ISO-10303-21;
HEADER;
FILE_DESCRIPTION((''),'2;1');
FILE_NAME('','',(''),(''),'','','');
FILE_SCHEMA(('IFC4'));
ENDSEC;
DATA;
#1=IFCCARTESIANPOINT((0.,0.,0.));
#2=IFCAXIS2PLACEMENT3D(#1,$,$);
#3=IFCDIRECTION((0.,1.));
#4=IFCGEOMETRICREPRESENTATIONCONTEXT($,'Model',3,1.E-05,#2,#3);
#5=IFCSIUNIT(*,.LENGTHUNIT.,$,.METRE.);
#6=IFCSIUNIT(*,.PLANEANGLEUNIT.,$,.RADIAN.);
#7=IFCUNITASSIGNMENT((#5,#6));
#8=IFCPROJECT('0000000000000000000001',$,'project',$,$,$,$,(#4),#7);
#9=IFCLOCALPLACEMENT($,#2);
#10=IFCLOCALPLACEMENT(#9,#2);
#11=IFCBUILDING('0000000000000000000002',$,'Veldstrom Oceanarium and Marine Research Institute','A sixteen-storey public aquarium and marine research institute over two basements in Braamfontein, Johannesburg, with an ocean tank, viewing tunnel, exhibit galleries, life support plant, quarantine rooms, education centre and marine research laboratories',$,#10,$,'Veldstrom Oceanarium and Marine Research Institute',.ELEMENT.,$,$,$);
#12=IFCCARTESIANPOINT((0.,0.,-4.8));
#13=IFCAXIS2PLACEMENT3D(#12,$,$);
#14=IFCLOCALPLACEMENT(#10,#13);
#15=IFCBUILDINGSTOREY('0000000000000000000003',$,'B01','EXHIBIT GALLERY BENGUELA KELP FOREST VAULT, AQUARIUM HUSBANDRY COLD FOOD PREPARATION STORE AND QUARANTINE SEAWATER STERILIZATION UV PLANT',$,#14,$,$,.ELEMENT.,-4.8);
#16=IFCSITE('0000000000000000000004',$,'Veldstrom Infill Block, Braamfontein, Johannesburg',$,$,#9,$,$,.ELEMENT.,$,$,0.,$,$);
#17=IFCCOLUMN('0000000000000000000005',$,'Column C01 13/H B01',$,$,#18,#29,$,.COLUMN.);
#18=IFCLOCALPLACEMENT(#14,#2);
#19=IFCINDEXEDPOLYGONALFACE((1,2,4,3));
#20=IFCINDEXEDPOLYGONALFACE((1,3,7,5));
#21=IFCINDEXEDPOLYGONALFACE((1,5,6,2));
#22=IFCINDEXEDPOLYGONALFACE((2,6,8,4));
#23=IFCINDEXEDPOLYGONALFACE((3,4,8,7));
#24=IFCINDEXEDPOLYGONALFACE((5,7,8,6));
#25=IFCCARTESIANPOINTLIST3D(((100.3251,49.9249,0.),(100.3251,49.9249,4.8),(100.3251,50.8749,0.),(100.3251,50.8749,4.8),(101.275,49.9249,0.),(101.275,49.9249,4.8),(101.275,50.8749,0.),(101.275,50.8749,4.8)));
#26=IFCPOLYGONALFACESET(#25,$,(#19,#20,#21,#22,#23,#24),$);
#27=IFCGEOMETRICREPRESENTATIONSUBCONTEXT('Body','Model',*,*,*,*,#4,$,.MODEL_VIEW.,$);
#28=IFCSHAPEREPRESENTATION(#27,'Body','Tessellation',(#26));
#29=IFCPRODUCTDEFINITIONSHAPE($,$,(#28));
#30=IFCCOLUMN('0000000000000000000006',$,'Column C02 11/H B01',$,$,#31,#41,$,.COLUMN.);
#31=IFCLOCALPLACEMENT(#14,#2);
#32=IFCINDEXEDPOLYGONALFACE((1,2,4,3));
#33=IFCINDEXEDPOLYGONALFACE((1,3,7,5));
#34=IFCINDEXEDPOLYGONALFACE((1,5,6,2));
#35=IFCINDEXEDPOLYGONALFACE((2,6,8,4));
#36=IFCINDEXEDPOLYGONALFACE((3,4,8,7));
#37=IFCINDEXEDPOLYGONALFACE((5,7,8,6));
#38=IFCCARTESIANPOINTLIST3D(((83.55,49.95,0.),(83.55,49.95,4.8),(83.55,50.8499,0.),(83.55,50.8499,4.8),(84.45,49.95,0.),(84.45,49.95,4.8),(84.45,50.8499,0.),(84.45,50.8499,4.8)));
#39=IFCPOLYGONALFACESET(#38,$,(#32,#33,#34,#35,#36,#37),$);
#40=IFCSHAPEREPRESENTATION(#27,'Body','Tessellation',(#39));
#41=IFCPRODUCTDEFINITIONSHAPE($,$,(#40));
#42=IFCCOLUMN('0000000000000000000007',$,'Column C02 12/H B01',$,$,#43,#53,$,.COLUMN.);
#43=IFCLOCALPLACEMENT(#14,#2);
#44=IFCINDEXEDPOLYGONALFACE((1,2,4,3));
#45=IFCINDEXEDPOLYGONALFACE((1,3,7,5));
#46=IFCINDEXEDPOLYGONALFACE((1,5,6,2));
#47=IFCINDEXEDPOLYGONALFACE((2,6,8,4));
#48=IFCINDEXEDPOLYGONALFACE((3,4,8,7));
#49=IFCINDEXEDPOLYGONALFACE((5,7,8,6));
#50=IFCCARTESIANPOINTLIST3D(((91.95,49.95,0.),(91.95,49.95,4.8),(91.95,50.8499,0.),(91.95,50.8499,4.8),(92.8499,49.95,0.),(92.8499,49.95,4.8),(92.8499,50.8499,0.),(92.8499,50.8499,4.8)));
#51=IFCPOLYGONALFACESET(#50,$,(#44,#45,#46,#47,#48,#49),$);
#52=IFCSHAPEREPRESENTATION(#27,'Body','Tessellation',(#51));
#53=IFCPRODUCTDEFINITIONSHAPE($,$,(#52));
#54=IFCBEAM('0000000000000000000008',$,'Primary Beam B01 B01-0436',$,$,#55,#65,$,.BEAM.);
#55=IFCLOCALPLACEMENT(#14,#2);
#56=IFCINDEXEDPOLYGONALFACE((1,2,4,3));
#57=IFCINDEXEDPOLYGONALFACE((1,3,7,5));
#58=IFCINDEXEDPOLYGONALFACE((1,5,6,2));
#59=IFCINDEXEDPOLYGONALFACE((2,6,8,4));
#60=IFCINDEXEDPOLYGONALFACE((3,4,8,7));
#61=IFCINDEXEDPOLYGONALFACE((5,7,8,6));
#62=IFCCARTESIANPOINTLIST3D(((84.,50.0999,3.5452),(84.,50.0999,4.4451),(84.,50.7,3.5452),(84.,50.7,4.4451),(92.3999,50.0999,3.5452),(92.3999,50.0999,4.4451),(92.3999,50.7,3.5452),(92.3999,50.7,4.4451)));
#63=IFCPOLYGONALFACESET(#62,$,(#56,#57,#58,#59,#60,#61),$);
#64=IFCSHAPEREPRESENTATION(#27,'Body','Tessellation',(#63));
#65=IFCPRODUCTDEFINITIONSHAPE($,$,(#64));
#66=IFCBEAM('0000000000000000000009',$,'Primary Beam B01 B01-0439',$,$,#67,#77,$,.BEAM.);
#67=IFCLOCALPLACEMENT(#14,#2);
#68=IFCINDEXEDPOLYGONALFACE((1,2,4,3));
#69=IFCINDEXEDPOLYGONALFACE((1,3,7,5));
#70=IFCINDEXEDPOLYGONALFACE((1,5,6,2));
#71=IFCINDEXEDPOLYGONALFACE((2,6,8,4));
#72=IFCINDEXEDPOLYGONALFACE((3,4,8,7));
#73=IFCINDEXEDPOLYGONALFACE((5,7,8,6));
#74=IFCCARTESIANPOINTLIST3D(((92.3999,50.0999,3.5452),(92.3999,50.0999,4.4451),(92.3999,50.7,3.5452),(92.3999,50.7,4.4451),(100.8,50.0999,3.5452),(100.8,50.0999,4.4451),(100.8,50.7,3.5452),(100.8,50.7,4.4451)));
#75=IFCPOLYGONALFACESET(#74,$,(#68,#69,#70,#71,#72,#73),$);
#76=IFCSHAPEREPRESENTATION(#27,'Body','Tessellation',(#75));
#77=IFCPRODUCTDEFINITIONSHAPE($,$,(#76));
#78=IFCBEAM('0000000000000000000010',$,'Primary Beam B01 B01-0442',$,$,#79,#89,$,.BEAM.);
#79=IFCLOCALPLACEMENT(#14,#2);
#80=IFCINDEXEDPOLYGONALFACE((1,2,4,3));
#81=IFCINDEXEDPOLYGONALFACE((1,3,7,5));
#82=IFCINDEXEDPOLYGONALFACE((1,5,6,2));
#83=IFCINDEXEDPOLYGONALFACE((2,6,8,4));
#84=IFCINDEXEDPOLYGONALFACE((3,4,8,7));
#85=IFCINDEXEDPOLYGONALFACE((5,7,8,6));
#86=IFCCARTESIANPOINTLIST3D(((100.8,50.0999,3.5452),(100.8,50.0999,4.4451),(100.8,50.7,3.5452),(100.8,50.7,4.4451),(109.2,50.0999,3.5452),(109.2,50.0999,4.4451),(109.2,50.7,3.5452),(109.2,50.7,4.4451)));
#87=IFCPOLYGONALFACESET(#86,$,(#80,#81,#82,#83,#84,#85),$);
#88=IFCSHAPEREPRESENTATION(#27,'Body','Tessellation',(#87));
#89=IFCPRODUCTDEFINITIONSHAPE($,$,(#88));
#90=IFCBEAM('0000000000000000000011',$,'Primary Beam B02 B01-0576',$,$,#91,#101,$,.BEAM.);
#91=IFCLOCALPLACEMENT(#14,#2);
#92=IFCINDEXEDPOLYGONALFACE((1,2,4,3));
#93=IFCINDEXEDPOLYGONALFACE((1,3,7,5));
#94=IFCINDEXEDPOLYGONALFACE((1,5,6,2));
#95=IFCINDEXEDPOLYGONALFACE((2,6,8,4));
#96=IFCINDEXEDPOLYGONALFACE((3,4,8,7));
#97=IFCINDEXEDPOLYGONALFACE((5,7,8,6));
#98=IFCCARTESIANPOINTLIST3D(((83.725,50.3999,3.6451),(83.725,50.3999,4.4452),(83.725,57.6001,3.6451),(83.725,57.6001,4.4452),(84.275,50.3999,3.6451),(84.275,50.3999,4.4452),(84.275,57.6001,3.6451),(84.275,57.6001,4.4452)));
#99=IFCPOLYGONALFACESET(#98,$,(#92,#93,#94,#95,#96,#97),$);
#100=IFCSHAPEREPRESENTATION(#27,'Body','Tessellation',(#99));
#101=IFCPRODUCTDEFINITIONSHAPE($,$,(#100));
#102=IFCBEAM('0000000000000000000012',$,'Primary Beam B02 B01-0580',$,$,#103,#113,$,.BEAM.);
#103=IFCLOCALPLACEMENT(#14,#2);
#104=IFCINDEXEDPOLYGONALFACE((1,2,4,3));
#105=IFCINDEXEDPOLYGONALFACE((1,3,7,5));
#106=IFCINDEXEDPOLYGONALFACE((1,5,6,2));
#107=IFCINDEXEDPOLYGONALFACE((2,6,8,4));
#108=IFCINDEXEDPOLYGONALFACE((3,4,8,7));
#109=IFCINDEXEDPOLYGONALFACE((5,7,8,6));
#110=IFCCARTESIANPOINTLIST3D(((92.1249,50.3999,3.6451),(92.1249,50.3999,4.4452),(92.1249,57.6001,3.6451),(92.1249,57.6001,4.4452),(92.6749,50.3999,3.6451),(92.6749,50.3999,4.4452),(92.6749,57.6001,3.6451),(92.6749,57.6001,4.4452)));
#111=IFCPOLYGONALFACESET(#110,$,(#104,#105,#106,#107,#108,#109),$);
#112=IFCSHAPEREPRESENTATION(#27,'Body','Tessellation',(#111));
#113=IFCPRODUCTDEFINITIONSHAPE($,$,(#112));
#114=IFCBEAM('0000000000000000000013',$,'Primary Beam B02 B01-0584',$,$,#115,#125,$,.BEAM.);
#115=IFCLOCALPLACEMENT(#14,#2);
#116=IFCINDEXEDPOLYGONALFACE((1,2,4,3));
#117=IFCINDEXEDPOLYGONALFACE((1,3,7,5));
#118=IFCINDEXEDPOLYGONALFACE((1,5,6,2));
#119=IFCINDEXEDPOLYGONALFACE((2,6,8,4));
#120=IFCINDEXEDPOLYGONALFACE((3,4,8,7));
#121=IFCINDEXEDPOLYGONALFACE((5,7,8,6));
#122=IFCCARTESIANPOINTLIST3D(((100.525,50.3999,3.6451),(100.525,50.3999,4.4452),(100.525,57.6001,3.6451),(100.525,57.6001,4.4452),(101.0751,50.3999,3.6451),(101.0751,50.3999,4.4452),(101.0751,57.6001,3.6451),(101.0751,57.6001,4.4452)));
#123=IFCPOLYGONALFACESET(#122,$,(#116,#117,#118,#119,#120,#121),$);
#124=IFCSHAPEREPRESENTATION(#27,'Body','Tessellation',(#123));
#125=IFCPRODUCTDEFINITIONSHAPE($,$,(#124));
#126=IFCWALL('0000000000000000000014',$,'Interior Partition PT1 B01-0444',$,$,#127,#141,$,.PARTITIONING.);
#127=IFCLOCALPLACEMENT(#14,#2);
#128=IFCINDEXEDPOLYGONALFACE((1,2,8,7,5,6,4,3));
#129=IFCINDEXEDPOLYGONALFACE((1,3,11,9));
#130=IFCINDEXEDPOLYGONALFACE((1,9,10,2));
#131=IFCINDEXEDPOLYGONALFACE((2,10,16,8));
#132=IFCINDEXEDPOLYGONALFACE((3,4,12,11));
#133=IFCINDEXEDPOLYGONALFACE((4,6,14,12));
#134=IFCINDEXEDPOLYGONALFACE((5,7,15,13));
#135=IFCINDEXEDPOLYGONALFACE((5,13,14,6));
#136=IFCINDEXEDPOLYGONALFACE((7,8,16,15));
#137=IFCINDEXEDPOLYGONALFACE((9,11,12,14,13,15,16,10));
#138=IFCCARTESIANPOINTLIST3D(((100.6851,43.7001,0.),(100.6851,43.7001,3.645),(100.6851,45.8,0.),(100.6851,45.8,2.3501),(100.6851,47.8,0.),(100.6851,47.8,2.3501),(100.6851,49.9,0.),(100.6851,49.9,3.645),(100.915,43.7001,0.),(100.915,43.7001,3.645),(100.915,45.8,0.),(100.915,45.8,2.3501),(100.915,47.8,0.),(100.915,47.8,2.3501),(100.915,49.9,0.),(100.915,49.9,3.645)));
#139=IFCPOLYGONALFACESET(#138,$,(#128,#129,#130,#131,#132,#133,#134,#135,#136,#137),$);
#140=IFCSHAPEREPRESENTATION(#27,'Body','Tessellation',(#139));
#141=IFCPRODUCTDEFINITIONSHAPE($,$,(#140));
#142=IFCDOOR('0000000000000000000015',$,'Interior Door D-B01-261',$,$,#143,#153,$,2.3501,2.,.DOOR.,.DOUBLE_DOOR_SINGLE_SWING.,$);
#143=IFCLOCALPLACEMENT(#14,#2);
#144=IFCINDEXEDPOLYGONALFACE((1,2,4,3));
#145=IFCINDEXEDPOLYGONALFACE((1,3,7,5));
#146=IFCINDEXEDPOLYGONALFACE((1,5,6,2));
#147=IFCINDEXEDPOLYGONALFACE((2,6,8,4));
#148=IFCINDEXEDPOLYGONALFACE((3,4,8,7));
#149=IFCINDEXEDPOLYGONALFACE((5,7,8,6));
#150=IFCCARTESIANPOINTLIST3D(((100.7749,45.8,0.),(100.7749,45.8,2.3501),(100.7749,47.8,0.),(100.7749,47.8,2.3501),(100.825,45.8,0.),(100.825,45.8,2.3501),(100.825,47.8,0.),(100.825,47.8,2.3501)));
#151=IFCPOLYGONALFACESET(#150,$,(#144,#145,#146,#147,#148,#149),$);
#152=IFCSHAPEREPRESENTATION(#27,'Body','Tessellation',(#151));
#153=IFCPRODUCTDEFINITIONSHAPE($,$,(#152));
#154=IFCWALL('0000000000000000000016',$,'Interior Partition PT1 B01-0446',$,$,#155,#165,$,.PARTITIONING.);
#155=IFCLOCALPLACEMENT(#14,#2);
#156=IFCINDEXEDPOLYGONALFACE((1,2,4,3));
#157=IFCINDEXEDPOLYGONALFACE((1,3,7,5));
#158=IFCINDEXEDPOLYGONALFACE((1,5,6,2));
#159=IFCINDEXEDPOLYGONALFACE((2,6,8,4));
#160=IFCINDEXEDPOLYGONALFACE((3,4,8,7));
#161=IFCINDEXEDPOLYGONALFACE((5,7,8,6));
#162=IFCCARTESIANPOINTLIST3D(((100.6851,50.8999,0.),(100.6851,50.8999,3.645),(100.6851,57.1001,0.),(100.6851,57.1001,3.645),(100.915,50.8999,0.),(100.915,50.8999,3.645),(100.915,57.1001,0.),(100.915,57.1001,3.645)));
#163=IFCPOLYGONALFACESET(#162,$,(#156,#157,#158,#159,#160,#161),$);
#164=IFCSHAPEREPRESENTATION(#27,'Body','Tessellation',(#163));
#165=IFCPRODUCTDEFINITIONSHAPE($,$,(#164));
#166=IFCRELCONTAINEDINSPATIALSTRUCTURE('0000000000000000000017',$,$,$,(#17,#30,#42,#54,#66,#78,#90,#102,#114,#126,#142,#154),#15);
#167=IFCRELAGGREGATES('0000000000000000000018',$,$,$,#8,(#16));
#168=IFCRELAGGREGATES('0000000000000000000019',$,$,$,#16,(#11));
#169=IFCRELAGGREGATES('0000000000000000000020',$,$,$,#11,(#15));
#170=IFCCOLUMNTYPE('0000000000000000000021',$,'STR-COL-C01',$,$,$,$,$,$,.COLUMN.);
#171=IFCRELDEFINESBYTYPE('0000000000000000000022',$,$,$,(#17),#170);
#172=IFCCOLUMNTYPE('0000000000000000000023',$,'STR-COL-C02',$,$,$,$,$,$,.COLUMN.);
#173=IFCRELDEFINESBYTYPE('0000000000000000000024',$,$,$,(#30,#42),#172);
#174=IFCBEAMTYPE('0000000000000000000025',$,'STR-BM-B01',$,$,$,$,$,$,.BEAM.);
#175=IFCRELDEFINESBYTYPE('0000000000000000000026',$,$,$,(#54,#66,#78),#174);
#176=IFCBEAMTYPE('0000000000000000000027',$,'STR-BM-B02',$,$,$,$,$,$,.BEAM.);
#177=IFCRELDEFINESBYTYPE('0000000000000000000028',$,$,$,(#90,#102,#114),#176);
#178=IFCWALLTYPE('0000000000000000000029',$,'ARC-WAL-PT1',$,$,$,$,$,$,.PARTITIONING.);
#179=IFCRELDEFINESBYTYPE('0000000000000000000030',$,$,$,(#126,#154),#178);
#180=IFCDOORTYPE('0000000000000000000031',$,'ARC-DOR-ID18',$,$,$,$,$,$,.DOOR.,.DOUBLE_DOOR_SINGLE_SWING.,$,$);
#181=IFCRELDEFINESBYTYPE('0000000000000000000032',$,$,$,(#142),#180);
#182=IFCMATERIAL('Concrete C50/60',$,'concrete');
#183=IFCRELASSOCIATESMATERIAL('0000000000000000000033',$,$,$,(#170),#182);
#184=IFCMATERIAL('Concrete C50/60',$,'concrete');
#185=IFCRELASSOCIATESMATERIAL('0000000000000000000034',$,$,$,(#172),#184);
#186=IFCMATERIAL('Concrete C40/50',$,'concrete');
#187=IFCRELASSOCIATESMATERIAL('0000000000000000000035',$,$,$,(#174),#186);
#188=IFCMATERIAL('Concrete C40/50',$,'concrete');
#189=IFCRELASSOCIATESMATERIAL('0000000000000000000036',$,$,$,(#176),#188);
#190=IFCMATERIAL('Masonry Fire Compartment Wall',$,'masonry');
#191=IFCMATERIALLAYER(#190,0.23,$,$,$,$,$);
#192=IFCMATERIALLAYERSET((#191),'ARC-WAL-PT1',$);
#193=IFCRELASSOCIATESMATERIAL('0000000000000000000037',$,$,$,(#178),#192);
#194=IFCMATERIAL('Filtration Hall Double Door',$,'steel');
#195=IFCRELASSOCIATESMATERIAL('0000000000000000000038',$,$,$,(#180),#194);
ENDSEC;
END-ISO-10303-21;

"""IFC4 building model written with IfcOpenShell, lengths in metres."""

from ifc_helpers import new_model, si_unit, direction, frame, frame_2d, origin, origin_2d, place, context, subcontext, project, spatial, rectangle, extrude, material, layer, layer_set, material_profile, profile_set, type_object, element, fill, save


model = new_model("IFC4")

# Units and contexts
model_context = context("Model", 3, precision=1e-05, world=origin(), true_north=direction((0.0, 1.0)))
body_context = subcontext(model_context, "Body", "Model", "MODEL_VIEW")
ifc_project = project(units=[si_unit("LENGTHUNIT", "METRE"), si_unit("PLANEANGLEUNIT", "RADIAN")], contexts=[model_context])

# Site, building, storey
site_placement = place(None, origin())
site = spatial("IfcSite", under=ifc_project, at=site_placement, Name="Veldstrom Infill Block, Braamfontein, Johannesburg", CompositionType="ELEMENT", RefElevation=0.0)
building_placement = place(site_placement, origin())
building = spatial("IfcBuilding", under=site, at=building_placement, Name="Veldstrom Oceanarium and Marine Research Institute", Description="A sixteen-storey public aquarium and marine research institute over two basements in Braamfontein, Johannesburg, with an ocean tank, viewing tunnel, exhibit galleries, life support plant, quarantine rooms, education centre and marine research laboratories", LongName="Veldstrom Oceanarium and Marine Research Institute", CompositionType="ELEMENT")
storey_placement = place(building_placement, frame((0.0, 0.0, -4.8)))
storey = spatial("IfcBuildingStorey", under=building, at=storey_placement, Name="B01", Description="EXHIBIT GALLERY BENGUELA KELP FOREST VAULT, AQUARIUM HUSBANDRY COLD FOOD PREPARATION STORE AND QUARANTINE SEAWATER STERILIZATION UV PLANT", CompositionType="ELEMENT", Elevation=-4.8)

# Columns
ifc_material_1 = material(Name="Concrete C50/60", Category="concrete")
ifc_material_profile_1 = material_profile(ifc_material_1, rectangle(XDim=0.95, YDim=0.95, at=origin_2d()), Name="RC-COL-950x950")
ifc_profile_set_1 = profile_set([ifc_material_profile_1], Name="Concrete C50/60")
column_type_1 = type_object("IfcColumnType", Name="STR-COL-C01", PredefinedType="COLUMN", material=ifc_profile_set_1)
column_placement = place(storey_placement, frame((100.8, 50.3999, 0.0), z_axis=(0.0, 0.0, 1.0), x_axis=(1.0, 0.0, 0.0)))
element("IfcColumn", 1, at=column_placement, inside=storey, type_object=column_type_1, Name="Column C01 13/H B01", PredefinedType="COLUMN", context=body_context, shape_type="SweptSolid", body=[
    extrude(rectangle(XDim=0.95, YDim=0.95, at=origin_2d()), origin(), (0.0, 0.0, 1.0), 4.8),
])
ifc_material_2 = material(Name="Concrete C50/60", Category="concrete")
ifc_material_profile_2 = material_profile(ifc_material_2, rectangle(XDim=0.8999, YDim=0.8999, at=origin_2d()), Name="RC-COL-900x900")
ifc_profile_set_2 = profile_set([ifc_material_profile_2], Name="Concrete C50/60")
column_type_2 = type_object("IfcColumnType", Name="STR-COL-C02", PredefinedType="COLUMN", material=ifc_profile_set_2)
for number, where, z_axis, x_axis, name in (
    (2, (84.0, 50.3999, 0.0), (0.0, 0.0, 1.0), (1.0, 0.0, 0.0), "Column C02 11/H B01"),
    (3, (92.3999, 50.3999, 0.0), (0.0, 0.0, 1.0), (1.0, 0.0, 0.0), "Column C02 12/H B01"),
):
    element("IfcColumn", number, at=place(storey_placement, frame(where, z_axis=z_axis, x_axis=x_axis)), inside=storey, type_object=column_type_2, Name=name, PredefinedType="COLUMN", context=body_context, shape_type="SweptSolid", body=[
        extrude(rectangle(XDim=0.8999, YDim=0.8999, at=origin_2d()), origin(), (0.0, 0.0, 1.0), 4.8),
    ])

# Beams
ifc_material_3 = material(Name="Concrete C40/50", Category="concrete")
ifc_material_profile_3 = material_profile(ifc_material_3, rectangle(XDim=0.6001, YDim=0.8999, at=origin_2d()), Name="RC-BM-600x900")
ifc_profile_set_3 = profile_set([ifc_material_profile_3], Name="Concrete C40/50")
beam_type_1 = type_object("IfcBeamType", Name="STR-BM-B01", PredefinedType="BEAM", material=ifc_profile_set_3)
beam_1_placement = place(storey_placement, frame((84.0, 50.3999, 3.9951), z_axis=(1.0, 0.0, 0.0), x_axis=(0.0, 1.0, 0.0)))
element("IfcBeam", 4, at=beam_1_placement, inside=storey, type_object=beam_type_1, Name="Primary Beam B01 B01-0436", PredefinedType="BEAM", context=body_context, shape_type="SweptSolid", body=[
    extrude(rectangle(XDim=0.6001, YDim=0.8999, at=origin_2d()), origin(), (0.0, 0.0, 1.0), 8.3999),
])
beam_2_placement = place(storey_placement, frame((92.3999, 50.3999, 3.9951), z_axis=(1.0, 0.0, 0.0), x_axis=(0.0, 1.0, 0.0)))
element("IfcBeam", 5, at=beam_2_placement, inside=storey, type_object=beam_type_1, Name="Primary Beam B01 B01-0439", PredefinedType="BEAM", context=body_context, shape_type="SweptSolid", body=[
    extrude(rectangle(XDim=0.6001, YDim=0.8999, at=origin_2d()), origin(), (0.0, 0.0, 1.0), 8.4001),
])
beam_3_placement = place(storey_placement, frame((100.8, 50.3999, 3.9951), z_axis=(1.0, 0.0, 0.0), x_axis=(0.0, 1.0, 0.0)))
element("IfcBeam", 6, at=beam_3_placement, inside=storey, type_object=beam_type_1, Name="Primary Beam B01 B01-0442", PredefinedType="BEAM", context=body_context, shape_type="SweptSolid", body=[
    extrude(rectangle(XDim=0.6001, YDim=0.8999, at=origin_2d()), origin(), (0.0, 0.0, 1.0), 8.3999),
])
ifc_material_4 = material(Name="Concrete C40/50", Category="concrete")
ifc_material_profile_4 = material_profile(ifc_material_4, rectangle(XDim=0.55, YDim=0.8, at=origin_2d()), Name="RC-BM-550x800")
ifc_profile_set_4 = profile_set([ifc_material_profile_4], Name="Concrete C40/50")
beam_type_2 = type_object("IfcBeamType", Name="STR-BM-B02", PredefinedType="BEAM", material=ifc_profile_set_4)
for number, where, z_axis, x_axis, name in (
    (7, (84.0, 50.3999, 4.0452), (0.0, 1.0, 0.0), (-1.0, 0.0, 0.0), "Primary Beam B02 B01-0576"),
    (8, (92.3999, 50.3999, 4.0452), (0.0, 1.0, 0.0), (-1.0, 0.0, 0.0), "Primary Beam B02 B01-0580"),
    (9, (100.8, 50.3999, 4.0452), (0.0, 1.0, 0.0), (-1.0, 0.0, 0.0), "Primary Beam B02 B01-0584"),
):
    element("IfcBeam", number, at=place(storey_placement, frame(where, z_axis=z_axis, x_axis=x_axis)), inside=storey, type_object=beam_type_2, Name=name, PredefinedType="BEAM", context=body_context, shape_type="SweptSolid", body=[
        extrude(rectangle(XDim=0.55, YDim=0.8, at=origin_2d()), origin(), (0.0, 0.0, 1.0), 7.2002),
    ])

# Wall, opening, door
ifc_material_5 = material(Name="Masonry Fire Compartment Wall", Category="masonry")
ifc_layer_1 = layer(ifc_material_5, 0.23)
ifc_layer_set_1 = layer_set([ifc_layer_1], Name="ARC-WAL-PT1")
wall_type_1 = type_object("IfcWallType", Name="ARC-WAL-PT1", PredefinedType="PARTITIONING", material=ifc_layer_set_1)
wall_1_placement = place(storey_placement, frame((100.8, 43.7, 0.0), z_axis=(0.0, 0.0, 1.0), x_axis=(0.0, 1.0, 0.0)))
wall_1 = element("IfcWall", 10, at=wall_1_placement, inside=storey, type_object=wall_type_1, Name="Interior Partition PT1 B01-0444", PredefinedType="PARTITIONING", context=body_context, shape_type="SweptSolid", body=[
    extrude(rectangle(XDim=6.2, YDim=0.23, at=frame_2d((3.1001, 0.0))), origin(), (0.0, 0.0, 1.0), 3.645),
])
opening_1_placement = place(wall_1_placement, frame((2.1001, 0.0, 0.0)))
opening_1 = element("IfcOpeningElement", 11, at=opening_1_placement, cuts=wall_1, PredefinedType="OPENING", context=body_context, shape_type="SweptSolid", body=[
    extrude(rectangle(XDim=2.0, YDim=2.3501, at=frame_2d((1.0, 1.175))), frame((0.0, 0.125, 0.0), z_axis=(0.0, -1.0, 0.0), x_axis=(1.0, 0.0, 0.0)), (0.0, 0.0, 1.0), 0.25),
])
ifc_material_6 = material(Name="Filtration Hall Double Door", Category="steel")
door_type_1 = type_object("IfcDoorType", Name="ARC-DOR-ID18", OperationType="DOUBLE_DOOR_SINGLE_SWING", PredefinedType="DOOR", material=ifc_material_6)
door_1_placement = place(opening_1_placement, frame((2.0, 0.0, 0.0), z_axis=(0.0, 0.0, 1.0), x_axis=(-1.0, 0.0, 0.0)))
door_1 = element("IfcDoor", 12, at=door_1_placement, inside=storey, type_object=door_type_1, Name="Interior Door D-B01-261", OperationType="DOUBLE_DOOR_SINGLE_SWING", OverallHeight=2.3501, OverallWidth=2.0, PredefinedType="DOOR", context=body_context, shape_type="SweptSolid", body=[
    extrude(rectangle(XDim=2.0, YDim=2.3501, at=frame_2d((1.0, 1.175))), frame((0.0, 0.0249, 0.0), z_axis=(0.0, -1.0, 0.0), x_axis=(1.0, 0.0, 0.0)), (0.0, 0.0, 1.0), 0.05),
])
fill(opening_1, door_1)

# Wall
wall_2_placement = place(storey_placement, frame((100.8, 50.8999, 0.0), z_axis=(0.0, 0.0, 1.0), x_axis=(0.0, 1.0, 0.0)))
element("IfcWall", 13, at=wall_2_placement, inside=storey, type_object=wall_type_1, Name="Interior Partition PT1 B01-0446", PredefinedType="PARTITIONING", context=body_context, shape_type="SweptSolid", body=[
    extrude(rectangle(XDim=6.2002, YDim=0.23, at=frame_2d((3.1001, 0.0))), origin(), (0.0, 0.0, 1.0), 3.645),
])

save(model, "model.ifc")
